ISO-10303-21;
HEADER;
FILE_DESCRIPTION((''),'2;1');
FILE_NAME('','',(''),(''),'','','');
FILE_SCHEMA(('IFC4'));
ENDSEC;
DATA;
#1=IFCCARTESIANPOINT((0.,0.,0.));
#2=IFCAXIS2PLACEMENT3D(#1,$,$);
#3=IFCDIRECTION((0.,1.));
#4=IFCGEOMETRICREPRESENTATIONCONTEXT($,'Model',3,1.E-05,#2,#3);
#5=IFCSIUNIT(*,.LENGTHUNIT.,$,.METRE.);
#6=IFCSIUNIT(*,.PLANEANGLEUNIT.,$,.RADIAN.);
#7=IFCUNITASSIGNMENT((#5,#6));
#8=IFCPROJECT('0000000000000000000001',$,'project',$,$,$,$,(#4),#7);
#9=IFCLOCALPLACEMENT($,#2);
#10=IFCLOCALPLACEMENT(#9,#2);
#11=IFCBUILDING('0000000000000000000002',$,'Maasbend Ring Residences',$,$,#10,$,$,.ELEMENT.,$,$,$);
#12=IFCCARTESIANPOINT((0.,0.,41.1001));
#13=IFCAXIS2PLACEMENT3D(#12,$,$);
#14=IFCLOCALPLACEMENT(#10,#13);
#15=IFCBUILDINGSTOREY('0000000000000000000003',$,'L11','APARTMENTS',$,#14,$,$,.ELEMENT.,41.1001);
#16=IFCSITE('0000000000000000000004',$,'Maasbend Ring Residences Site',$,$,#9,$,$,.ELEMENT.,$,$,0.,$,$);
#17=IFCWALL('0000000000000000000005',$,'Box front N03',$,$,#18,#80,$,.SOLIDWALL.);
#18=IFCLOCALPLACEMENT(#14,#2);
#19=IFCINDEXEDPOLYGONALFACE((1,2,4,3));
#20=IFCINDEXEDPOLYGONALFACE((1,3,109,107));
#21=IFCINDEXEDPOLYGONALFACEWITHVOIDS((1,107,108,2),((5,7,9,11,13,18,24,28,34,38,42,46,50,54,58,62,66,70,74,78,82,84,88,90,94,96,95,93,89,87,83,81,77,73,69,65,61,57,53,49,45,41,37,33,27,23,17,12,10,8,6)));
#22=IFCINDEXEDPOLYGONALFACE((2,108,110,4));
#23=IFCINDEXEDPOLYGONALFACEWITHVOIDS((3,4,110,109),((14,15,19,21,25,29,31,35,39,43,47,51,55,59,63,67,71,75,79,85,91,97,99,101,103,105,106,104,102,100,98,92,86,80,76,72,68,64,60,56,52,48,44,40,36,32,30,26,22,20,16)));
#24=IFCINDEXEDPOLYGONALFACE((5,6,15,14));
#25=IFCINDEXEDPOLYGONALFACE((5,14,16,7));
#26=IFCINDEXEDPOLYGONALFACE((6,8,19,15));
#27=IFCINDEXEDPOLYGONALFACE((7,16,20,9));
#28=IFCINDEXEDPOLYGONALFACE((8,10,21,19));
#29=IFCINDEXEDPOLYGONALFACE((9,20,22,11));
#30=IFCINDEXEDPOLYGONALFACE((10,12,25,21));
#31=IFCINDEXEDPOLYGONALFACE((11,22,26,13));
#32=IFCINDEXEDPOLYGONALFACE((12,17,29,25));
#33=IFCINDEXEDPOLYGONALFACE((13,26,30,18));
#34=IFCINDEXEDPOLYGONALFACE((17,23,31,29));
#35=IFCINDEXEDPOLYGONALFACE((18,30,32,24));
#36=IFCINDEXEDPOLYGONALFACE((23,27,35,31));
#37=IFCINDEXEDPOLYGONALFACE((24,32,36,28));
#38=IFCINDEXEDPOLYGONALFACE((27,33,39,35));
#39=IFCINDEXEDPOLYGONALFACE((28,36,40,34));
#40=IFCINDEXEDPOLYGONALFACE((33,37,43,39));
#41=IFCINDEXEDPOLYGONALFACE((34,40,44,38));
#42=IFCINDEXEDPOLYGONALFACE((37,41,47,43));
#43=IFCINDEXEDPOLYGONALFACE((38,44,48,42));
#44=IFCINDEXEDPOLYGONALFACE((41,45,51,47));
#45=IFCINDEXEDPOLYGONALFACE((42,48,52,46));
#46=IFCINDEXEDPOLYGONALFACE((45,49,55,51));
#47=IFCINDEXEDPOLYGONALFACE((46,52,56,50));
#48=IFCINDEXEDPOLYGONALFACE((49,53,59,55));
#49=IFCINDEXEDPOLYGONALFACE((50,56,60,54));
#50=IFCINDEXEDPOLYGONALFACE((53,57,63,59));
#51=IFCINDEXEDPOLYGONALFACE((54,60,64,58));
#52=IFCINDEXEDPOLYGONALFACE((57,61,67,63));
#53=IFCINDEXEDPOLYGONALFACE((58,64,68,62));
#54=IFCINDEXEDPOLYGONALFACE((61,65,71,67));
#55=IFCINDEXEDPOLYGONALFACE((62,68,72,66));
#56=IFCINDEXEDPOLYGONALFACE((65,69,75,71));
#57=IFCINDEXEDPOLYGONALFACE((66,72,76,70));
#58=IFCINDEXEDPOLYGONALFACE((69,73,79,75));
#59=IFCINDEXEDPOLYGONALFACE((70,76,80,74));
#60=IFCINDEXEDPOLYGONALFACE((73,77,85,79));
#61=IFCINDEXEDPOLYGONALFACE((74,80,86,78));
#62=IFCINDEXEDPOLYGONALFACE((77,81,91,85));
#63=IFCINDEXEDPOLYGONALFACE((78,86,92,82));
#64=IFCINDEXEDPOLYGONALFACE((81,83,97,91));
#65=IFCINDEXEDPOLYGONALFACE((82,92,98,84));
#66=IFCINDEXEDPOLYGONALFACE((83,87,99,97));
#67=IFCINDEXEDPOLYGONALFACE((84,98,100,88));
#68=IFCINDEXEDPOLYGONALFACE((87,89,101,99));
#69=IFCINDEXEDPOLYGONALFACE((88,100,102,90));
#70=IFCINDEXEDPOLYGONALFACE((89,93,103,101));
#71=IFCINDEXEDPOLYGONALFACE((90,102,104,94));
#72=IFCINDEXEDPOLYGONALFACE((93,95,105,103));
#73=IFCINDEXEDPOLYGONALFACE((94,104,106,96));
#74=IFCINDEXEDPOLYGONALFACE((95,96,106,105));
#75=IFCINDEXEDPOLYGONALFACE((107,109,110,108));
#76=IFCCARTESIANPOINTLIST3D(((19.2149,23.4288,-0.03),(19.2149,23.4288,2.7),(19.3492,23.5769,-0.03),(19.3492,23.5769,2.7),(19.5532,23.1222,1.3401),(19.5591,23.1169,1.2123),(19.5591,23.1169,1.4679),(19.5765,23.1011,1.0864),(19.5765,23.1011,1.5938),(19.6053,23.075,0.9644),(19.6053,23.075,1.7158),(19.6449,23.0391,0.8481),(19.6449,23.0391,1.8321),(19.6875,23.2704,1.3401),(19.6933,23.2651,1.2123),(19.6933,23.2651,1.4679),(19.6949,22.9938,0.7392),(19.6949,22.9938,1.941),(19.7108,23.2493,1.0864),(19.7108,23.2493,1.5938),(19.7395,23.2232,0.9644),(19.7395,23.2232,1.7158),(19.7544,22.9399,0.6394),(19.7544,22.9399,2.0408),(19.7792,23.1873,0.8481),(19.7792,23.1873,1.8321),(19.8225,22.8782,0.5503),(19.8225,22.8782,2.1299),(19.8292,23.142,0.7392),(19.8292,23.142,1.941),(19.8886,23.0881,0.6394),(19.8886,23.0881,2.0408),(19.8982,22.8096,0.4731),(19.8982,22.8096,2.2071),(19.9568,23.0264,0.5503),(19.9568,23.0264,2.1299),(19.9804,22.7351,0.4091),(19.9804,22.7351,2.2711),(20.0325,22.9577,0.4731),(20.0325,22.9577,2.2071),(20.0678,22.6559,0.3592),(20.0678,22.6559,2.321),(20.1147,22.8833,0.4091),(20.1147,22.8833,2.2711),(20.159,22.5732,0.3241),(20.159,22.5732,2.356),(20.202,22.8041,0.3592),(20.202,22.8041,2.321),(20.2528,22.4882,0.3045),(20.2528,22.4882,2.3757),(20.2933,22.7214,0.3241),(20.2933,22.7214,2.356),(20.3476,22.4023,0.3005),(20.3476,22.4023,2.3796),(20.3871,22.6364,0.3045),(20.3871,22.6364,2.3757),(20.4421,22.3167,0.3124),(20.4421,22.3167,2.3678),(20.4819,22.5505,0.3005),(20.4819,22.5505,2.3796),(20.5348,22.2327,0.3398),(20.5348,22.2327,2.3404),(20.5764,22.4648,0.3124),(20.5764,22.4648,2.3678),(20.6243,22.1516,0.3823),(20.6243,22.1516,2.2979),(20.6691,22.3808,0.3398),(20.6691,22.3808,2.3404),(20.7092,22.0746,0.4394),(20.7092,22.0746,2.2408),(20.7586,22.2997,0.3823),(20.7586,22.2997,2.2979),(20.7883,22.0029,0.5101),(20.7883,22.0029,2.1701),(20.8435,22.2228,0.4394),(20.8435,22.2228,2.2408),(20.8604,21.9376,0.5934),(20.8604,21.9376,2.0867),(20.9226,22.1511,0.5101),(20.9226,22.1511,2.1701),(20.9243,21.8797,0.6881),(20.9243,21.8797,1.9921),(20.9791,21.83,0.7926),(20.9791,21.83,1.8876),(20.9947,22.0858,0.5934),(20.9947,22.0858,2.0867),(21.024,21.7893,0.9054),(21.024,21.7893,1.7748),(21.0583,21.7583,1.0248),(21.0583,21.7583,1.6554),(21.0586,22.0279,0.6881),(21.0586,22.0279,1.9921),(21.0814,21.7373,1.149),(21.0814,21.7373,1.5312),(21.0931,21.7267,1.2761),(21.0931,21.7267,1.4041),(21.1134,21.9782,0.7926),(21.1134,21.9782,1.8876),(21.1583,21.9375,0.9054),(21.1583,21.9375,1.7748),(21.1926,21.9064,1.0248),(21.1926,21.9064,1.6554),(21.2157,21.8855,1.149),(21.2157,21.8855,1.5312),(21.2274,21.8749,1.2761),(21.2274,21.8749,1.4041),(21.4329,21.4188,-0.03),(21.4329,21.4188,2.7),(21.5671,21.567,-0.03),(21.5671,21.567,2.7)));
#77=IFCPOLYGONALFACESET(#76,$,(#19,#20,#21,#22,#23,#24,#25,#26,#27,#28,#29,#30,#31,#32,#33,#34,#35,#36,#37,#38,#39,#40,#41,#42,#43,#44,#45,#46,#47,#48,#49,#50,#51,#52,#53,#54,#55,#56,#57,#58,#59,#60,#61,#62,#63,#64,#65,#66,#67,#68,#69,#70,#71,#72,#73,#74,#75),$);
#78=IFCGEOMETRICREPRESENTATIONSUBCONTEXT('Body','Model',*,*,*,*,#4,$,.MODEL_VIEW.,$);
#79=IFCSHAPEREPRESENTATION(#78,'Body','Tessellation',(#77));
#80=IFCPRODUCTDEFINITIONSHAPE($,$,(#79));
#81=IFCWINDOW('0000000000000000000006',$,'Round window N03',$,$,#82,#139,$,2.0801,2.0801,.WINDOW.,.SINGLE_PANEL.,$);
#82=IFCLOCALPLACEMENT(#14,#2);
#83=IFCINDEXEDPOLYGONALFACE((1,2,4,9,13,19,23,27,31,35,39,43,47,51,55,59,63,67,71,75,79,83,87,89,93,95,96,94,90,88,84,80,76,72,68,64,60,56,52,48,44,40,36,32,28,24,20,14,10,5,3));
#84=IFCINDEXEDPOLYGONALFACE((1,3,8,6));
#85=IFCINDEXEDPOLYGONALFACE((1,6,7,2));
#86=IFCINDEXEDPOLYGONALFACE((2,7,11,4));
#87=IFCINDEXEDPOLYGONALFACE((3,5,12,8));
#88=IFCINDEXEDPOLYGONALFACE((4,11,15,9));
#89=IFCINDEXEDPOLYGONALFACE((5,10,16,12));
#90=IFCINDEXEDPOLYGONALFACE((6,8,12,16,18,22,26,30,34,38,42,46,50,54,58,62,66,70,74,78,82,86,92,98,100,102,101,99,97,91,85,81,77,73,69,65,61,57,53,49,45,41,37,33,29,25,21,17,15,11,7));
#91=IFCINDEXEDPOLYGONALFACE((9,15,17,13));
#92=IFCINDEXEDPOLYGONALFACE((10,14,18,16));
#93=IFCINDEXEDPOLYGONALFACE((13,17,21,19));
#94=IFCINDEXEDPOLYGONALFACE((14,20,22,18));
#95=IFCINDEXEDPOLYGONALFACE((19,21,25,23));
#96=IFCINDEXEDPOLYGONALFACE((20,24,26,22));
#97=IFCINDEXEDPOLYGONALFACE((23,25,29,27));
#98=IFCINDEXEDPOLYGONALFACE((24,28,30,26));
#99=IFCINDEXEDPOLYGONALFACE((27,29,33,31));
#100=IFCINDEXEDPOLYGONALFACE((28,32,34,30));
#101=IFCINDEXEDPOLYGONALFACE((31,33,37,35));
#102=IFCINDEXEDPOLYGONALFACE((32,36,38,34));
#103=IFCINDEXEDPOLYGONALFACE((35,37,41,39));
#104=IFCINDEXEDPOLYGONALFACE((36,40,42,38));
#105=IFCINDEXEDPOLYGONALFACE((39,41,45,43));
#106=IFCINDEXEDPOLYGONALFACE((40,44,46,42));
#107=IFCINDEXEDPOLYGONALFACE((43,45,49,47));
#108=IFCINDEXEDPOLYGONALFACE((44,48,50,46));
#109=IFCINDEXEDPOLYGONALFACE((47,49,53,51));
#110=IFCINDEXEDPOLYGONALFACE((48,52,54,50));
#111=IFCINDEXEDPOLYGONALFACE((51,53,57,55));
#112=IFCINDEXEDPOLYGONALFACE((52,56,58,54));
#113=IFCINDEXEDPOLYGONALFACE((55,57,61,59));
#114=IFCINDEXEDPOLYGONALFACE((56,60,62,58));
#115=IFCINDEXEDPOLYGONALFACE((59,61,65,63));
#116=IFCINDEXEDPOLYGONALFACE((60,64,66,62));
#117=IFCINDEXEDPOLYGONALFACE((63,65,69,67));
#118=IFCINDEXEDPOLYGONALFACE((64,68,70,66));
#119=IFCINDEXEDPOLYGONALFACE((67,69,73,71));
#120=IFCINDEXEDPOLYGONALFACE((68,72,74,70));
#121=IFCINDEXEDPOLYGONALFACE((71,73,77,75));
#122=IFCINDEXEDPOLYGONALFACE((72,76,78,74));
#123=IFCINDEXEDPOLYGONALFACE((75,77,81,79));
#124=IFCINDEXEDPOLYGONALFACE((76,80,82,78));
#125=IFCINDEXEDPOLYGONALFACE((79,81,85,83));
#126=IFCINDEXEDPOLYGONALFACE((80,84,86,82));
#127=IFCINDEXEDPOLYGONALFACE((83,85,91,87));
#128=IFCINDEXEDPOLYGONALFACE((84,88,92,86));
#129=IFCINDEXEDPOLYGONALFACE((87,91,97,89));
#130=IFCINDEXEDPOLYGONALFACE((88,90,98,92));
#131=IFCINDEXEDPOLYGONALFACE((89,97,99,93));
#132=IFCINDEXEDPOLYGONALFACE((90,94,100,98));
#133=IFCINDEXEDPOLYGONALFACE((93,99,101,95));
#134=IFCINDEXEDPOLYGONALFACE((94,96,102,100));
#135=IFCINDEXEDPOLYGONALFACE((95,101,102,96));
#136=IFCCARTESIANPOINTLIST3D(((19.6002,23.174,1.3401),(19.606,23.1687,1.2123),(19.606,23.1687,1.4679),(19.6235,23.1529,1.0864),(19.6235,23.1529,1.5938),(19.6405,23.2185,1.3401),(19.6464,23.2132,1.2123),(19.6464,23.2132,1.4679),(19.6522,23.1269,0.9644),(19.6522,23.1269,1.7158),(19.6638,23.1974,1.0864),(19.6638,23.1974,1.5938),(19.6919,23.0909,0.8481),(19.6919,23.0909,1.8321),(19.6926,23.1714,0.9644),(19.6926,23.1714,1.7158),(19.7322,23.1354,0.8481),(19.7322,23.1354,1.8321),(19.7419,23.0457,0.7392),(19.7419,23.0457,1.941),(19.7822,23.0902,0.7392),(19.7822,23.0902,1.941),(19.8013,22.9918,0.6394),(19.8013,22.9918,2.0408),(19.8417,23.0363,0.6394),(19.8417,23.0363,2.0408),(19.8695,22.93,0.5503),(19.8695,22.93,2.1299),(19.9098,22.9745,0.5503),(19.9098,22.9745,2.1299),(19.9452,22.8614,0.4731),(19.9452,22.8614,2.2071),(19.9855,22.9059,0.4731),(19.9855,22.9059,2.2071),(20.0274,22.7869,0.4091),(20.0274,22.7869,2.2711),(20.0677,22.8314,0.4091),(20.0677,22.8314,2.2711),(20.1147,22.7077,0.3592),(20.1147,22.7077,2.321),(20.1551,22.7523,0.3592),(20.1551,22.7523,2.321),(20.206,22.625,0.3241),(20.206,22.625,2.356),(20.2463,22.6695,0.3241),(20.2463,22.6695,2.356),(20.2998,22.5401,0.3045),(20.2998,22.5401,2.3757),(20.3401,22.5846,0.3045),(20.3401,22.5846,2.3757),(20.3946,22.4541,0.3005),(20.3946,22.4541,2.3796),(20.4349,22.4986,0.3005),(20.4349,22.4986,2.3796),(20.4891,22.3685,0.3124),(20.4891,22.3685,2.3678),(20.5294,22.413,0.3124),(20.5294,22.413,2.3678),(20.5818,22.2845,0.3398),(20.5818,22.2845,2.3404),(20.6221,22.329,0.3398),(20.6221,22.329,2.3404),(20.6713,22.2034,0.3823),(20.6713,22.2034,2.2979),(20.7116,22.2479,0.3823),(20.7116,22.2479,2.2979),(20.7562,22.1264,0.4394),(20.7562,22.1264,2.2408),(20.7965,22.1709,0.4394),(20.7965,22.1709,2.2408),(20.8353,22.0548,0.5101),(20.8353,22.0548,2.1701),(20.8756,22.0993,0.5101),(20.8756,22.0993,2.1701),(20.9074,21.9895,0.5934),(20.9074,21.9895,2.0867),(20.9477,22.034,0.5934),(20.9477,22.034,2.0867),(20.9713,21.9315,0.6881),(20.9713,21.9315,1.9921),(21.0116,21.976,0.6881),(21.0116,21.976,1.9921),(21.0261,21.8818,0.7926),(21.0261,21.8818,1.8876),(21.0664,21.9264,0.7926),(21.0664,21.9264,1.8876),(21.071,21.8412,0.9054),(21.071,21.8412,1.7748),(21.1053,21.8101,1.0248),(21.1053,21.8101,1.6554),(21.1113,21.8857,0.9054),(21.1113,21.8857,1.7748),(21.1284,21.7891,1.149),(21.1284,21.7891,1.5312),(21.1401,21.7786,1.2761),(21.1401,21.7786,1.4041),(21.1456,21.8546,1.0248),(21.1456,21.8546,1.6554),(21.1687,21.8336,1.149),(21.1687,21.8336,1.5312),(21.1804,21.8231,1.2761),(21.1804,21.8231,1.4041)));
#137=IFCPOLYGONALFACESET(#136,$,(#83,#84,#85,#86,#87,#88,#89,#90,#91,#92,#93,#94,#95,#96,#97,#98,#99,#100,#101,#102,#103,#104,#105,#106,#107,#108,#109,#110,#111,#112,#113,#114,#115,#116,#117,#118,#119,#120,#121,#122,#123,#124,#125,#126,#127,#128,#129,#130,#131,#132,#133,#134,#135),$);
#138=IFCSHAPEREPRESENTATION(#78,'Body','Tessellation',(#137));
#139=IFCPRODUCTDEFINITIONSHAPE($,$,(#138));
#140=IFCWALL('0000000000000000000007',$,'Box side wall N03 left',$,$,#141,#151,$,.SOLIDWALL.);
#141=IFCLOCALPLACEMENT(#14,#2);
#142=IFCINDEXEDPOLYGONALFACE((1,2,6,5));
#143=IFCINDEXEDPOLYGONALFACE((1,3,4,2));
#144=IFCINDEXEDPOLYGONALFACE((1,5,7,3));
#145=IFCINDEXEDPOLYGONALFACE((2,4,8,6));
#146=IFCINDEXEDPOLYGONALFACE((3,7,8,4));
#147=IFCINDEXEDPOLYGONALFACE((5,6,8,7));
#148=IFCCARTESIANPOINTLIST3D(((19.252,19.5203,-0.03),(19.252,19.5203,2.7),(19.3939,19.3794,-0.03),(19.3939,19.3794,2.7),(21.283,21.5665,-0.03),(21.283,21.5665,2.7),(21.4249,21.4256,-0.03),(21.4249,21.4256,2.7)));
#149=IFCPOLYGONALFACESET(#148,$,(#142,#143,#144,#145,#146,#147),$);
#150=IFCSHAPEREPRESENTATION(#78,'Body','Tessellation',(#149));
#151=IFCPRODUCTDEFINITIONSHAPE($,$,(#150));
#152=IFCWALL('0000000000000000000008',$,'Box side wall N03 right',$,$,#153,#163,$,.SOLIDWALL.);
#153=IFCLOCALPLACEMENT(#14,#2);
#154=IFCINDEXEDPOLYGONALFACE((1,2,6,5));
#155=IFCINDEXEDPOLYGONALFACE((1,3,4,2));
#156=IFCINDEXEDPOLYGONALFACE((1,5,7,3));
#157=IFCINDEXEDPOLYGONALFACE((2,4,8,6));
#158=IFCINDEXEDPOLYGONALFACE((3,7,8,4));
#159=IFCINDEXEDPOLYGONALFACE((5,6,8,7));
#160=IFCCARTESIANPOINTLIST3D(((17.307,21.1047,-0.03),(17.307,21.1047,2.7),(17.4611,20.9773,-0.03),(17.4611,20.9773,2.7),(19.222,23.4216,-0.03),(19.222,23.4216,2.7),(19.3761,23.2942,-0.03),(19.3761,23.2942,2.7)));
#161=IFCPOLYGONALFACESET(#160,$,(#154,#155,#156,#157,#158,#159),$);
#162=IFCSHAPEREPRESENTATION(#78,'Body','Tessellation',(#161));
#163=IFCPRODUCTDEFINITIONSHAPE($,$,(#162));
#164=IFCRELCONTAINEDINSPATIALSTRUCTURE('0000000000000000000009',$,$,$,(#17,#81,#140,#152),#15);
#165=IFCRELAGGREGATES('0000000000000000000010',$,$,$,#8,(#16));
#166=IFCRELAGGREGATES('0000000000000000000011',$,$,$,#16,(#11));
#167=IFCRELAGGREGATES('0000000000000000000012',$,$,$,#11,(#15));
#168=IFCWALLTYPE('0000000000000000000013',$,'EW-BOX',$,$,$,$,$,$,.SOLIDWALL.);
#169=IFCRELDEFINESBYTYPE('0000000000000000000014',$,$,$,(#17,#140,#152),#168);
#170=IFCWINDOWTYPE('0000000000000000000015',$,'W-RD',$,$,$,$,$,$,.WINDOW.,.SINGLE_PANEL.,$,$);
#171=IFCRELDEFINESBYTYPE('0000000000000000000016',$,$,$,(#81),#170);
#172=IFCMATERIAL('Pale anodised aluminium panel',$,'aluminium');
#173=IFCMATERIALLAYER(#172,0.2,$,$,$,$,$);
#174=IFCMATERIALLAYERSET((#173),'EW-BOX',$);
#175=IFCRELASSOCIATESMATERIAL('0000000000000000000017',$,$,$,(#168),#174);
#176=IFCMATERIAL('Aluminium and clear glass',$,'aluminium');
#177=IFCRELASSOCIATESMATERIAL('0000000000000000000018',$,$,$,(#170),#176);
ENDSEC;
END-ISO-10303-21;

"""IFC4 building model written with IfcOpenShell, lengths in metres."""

from ifc_helpers import new_model, si_unit, direction, frame, frame_2d, origin, place, context, subcontext, project, spatial, rectangle, circle, extrude, material, layer, layer_set, type_object, element, fill, save


model = new_model("IFC4")

# Units and contexts
model_context = context("Model", 3, precision=1e-05, world=origin(), true_north=direction((0.0, 1.0)))
body_context = subcontext(model_context, "Body", "Model", "MODEL_VIEW")
ifc_project = project(units=[si_unit("LENGTHUNIT", "METRE"), si_unit("PLANEANGLEUNIT", "RADIAN")], contexts=[model_context])

# Site, building, storey
site_placement = place(None, origin())
site = spatial("IfcSite", under=ifc_project, at=site_placement, Name="Maasbend Ring Residences Site", CompositionType="ELEMENT", RefElevation=0.0)
building_placement = place(site_placement, origin())
building = spatial("IfcBuilding", under=site, at=building_placement, Name="Maasbend Ring Residences", CompositionType="ELEMENT")
storey_placement = place(building_placement, frame((0.0, 0.0, 41.1001)))
storey = spatial("IfcBuildingStorey", under=building, at=storey_placement, Name="L11", Description="APARTMENTS", CompositionType="ELEMENT", Elevation=41.1001)

# Shared definitions
ifc_material_1 = material(Name="Pale anodised aluminium panel", Category="aluminium")
ifc_layer_1 = layer(ifc_material_1, 0.2)
ifc_layer_set_1 = layer_set([ifc_layer_1], Name="EW-BOX")
wall_type_1 = type_object("IfcWallType", Name="EW-BOX", PredefinedType="SOLIDWALL", material=ifc_layer_set_1)
ifc_material_2 = material(Name="Aluminium and clear glass", Category="aluminium")
window_type_1 = type_object("IfcWindowType", Name="W-RD", PartitioningType="SINGLE_PANEL", PredefinedType="WINDOW", material=ifc_material_2)

# Wall, opening, window
wall_1_placement = place(storey_placement, frame((21.5, 21.4929, -0.03), z_axis=(0.0, 0.0, 1.0), x_axis=(-0.740998, 0.671507, 0.0)))
wall_1 = element("IfcWall", 1, at=wall_1_placement, inside=storey, type_object=wall_type_1, Name="Box front N03", PredefinedType="SOLIDWALL", context=body_context, shape_type="SweptSolid", body=[
    extrude(rectangle(XDim=2.9932, YDim=0.2, at=frame_2d((1.4966, 0.0))), origin(), (0.0, 0.0, 1.0), 2.73),
])
opening_1_placement = place(wall_1_placement, frame((0.4565, 0.0, 0.3301)))
opening_1 = element("IfcOpeningElement", 2, at=opening_1_placement, cuts=wall_1, PredefinedType="OPENING", context=body_context, shape_type="SweptSolid", body=[
    extrude(circle(Radius=1.04, at=frame_2d((1.04, 1.04))), frame((0.0, 0.1099, 0.0), z_axis=(0.0, -1.0, 0.0), x_axis=(1.0, 0.0, 0.0)), (0.0, 0.0, 1.0), 0.22),
])
window_1_placement = place(opening_1_placement, origin())
window_1 = element("IfcWindow", 3, at=window_1_placement, inside=storey, type_object=window_type_1, Name="Round window N03", OverallHeight=2.0801, OverallWidth=2.0801, PartitioningType="SINGLE_PANEL", PredefinedType="WINDOW", context=body_context, shape_type="SweptSolid", body=[
    extrude(circle(Radius=1.04, at=frame_2d((1.04, 1.04))), frame((0.0, 0.03, 0.0), z_axis=(0.0, -1.0, 0.0), x_axis=(1.0, 0.0, 0.0)), (0.0, 0.0, 1.0), 0.0601),
])
fill(opening_1, window_1)

# Walls
wall_2_placement = place(storey_placement, frame((19.323, 19.45, -0.03), z_axis=(0.0, 0.0, 1.0), x_axis=(0.704477, 0.709727, 0.0)))
element("IfcWall", 4, at=wall_2_placement, inside=storey, type_object=wall_type_1, Name="Box side wall N03 left", PredefinedType="SOLIDWALL", context=body_context, shape_type="SweptSolid", body=[
    extrude(rectangle(XDim=2.8831, YDim=0.2, at=frame_2d((1.4414, 0.0))), origin(), (0.0, 0.0, 1.0), 2.73),
])
wall_3_placement = place(storey_placement, frame((17.384, 21.041, -0.03), z_axis=(0.0, 0.0, 1.0), x_axis=(0.637096, 0.770785, 0.0)))
element("IfcWall", 5, at=wall_3_placement, inside=storey, type_object=wall_type_1, Name="Box side wall N03 right", PredefinedType="SOLIDWALL", context=body_context, shape_type="SweptSolid", body=[
    extrude(rectangle(XDim=3.0059, YDim=0.2, at=frame_2d((1.5029, 0.0))), origin(), (0.0, 0.0, 1.0), 2.73),
])

save(model, "model.ifc")
